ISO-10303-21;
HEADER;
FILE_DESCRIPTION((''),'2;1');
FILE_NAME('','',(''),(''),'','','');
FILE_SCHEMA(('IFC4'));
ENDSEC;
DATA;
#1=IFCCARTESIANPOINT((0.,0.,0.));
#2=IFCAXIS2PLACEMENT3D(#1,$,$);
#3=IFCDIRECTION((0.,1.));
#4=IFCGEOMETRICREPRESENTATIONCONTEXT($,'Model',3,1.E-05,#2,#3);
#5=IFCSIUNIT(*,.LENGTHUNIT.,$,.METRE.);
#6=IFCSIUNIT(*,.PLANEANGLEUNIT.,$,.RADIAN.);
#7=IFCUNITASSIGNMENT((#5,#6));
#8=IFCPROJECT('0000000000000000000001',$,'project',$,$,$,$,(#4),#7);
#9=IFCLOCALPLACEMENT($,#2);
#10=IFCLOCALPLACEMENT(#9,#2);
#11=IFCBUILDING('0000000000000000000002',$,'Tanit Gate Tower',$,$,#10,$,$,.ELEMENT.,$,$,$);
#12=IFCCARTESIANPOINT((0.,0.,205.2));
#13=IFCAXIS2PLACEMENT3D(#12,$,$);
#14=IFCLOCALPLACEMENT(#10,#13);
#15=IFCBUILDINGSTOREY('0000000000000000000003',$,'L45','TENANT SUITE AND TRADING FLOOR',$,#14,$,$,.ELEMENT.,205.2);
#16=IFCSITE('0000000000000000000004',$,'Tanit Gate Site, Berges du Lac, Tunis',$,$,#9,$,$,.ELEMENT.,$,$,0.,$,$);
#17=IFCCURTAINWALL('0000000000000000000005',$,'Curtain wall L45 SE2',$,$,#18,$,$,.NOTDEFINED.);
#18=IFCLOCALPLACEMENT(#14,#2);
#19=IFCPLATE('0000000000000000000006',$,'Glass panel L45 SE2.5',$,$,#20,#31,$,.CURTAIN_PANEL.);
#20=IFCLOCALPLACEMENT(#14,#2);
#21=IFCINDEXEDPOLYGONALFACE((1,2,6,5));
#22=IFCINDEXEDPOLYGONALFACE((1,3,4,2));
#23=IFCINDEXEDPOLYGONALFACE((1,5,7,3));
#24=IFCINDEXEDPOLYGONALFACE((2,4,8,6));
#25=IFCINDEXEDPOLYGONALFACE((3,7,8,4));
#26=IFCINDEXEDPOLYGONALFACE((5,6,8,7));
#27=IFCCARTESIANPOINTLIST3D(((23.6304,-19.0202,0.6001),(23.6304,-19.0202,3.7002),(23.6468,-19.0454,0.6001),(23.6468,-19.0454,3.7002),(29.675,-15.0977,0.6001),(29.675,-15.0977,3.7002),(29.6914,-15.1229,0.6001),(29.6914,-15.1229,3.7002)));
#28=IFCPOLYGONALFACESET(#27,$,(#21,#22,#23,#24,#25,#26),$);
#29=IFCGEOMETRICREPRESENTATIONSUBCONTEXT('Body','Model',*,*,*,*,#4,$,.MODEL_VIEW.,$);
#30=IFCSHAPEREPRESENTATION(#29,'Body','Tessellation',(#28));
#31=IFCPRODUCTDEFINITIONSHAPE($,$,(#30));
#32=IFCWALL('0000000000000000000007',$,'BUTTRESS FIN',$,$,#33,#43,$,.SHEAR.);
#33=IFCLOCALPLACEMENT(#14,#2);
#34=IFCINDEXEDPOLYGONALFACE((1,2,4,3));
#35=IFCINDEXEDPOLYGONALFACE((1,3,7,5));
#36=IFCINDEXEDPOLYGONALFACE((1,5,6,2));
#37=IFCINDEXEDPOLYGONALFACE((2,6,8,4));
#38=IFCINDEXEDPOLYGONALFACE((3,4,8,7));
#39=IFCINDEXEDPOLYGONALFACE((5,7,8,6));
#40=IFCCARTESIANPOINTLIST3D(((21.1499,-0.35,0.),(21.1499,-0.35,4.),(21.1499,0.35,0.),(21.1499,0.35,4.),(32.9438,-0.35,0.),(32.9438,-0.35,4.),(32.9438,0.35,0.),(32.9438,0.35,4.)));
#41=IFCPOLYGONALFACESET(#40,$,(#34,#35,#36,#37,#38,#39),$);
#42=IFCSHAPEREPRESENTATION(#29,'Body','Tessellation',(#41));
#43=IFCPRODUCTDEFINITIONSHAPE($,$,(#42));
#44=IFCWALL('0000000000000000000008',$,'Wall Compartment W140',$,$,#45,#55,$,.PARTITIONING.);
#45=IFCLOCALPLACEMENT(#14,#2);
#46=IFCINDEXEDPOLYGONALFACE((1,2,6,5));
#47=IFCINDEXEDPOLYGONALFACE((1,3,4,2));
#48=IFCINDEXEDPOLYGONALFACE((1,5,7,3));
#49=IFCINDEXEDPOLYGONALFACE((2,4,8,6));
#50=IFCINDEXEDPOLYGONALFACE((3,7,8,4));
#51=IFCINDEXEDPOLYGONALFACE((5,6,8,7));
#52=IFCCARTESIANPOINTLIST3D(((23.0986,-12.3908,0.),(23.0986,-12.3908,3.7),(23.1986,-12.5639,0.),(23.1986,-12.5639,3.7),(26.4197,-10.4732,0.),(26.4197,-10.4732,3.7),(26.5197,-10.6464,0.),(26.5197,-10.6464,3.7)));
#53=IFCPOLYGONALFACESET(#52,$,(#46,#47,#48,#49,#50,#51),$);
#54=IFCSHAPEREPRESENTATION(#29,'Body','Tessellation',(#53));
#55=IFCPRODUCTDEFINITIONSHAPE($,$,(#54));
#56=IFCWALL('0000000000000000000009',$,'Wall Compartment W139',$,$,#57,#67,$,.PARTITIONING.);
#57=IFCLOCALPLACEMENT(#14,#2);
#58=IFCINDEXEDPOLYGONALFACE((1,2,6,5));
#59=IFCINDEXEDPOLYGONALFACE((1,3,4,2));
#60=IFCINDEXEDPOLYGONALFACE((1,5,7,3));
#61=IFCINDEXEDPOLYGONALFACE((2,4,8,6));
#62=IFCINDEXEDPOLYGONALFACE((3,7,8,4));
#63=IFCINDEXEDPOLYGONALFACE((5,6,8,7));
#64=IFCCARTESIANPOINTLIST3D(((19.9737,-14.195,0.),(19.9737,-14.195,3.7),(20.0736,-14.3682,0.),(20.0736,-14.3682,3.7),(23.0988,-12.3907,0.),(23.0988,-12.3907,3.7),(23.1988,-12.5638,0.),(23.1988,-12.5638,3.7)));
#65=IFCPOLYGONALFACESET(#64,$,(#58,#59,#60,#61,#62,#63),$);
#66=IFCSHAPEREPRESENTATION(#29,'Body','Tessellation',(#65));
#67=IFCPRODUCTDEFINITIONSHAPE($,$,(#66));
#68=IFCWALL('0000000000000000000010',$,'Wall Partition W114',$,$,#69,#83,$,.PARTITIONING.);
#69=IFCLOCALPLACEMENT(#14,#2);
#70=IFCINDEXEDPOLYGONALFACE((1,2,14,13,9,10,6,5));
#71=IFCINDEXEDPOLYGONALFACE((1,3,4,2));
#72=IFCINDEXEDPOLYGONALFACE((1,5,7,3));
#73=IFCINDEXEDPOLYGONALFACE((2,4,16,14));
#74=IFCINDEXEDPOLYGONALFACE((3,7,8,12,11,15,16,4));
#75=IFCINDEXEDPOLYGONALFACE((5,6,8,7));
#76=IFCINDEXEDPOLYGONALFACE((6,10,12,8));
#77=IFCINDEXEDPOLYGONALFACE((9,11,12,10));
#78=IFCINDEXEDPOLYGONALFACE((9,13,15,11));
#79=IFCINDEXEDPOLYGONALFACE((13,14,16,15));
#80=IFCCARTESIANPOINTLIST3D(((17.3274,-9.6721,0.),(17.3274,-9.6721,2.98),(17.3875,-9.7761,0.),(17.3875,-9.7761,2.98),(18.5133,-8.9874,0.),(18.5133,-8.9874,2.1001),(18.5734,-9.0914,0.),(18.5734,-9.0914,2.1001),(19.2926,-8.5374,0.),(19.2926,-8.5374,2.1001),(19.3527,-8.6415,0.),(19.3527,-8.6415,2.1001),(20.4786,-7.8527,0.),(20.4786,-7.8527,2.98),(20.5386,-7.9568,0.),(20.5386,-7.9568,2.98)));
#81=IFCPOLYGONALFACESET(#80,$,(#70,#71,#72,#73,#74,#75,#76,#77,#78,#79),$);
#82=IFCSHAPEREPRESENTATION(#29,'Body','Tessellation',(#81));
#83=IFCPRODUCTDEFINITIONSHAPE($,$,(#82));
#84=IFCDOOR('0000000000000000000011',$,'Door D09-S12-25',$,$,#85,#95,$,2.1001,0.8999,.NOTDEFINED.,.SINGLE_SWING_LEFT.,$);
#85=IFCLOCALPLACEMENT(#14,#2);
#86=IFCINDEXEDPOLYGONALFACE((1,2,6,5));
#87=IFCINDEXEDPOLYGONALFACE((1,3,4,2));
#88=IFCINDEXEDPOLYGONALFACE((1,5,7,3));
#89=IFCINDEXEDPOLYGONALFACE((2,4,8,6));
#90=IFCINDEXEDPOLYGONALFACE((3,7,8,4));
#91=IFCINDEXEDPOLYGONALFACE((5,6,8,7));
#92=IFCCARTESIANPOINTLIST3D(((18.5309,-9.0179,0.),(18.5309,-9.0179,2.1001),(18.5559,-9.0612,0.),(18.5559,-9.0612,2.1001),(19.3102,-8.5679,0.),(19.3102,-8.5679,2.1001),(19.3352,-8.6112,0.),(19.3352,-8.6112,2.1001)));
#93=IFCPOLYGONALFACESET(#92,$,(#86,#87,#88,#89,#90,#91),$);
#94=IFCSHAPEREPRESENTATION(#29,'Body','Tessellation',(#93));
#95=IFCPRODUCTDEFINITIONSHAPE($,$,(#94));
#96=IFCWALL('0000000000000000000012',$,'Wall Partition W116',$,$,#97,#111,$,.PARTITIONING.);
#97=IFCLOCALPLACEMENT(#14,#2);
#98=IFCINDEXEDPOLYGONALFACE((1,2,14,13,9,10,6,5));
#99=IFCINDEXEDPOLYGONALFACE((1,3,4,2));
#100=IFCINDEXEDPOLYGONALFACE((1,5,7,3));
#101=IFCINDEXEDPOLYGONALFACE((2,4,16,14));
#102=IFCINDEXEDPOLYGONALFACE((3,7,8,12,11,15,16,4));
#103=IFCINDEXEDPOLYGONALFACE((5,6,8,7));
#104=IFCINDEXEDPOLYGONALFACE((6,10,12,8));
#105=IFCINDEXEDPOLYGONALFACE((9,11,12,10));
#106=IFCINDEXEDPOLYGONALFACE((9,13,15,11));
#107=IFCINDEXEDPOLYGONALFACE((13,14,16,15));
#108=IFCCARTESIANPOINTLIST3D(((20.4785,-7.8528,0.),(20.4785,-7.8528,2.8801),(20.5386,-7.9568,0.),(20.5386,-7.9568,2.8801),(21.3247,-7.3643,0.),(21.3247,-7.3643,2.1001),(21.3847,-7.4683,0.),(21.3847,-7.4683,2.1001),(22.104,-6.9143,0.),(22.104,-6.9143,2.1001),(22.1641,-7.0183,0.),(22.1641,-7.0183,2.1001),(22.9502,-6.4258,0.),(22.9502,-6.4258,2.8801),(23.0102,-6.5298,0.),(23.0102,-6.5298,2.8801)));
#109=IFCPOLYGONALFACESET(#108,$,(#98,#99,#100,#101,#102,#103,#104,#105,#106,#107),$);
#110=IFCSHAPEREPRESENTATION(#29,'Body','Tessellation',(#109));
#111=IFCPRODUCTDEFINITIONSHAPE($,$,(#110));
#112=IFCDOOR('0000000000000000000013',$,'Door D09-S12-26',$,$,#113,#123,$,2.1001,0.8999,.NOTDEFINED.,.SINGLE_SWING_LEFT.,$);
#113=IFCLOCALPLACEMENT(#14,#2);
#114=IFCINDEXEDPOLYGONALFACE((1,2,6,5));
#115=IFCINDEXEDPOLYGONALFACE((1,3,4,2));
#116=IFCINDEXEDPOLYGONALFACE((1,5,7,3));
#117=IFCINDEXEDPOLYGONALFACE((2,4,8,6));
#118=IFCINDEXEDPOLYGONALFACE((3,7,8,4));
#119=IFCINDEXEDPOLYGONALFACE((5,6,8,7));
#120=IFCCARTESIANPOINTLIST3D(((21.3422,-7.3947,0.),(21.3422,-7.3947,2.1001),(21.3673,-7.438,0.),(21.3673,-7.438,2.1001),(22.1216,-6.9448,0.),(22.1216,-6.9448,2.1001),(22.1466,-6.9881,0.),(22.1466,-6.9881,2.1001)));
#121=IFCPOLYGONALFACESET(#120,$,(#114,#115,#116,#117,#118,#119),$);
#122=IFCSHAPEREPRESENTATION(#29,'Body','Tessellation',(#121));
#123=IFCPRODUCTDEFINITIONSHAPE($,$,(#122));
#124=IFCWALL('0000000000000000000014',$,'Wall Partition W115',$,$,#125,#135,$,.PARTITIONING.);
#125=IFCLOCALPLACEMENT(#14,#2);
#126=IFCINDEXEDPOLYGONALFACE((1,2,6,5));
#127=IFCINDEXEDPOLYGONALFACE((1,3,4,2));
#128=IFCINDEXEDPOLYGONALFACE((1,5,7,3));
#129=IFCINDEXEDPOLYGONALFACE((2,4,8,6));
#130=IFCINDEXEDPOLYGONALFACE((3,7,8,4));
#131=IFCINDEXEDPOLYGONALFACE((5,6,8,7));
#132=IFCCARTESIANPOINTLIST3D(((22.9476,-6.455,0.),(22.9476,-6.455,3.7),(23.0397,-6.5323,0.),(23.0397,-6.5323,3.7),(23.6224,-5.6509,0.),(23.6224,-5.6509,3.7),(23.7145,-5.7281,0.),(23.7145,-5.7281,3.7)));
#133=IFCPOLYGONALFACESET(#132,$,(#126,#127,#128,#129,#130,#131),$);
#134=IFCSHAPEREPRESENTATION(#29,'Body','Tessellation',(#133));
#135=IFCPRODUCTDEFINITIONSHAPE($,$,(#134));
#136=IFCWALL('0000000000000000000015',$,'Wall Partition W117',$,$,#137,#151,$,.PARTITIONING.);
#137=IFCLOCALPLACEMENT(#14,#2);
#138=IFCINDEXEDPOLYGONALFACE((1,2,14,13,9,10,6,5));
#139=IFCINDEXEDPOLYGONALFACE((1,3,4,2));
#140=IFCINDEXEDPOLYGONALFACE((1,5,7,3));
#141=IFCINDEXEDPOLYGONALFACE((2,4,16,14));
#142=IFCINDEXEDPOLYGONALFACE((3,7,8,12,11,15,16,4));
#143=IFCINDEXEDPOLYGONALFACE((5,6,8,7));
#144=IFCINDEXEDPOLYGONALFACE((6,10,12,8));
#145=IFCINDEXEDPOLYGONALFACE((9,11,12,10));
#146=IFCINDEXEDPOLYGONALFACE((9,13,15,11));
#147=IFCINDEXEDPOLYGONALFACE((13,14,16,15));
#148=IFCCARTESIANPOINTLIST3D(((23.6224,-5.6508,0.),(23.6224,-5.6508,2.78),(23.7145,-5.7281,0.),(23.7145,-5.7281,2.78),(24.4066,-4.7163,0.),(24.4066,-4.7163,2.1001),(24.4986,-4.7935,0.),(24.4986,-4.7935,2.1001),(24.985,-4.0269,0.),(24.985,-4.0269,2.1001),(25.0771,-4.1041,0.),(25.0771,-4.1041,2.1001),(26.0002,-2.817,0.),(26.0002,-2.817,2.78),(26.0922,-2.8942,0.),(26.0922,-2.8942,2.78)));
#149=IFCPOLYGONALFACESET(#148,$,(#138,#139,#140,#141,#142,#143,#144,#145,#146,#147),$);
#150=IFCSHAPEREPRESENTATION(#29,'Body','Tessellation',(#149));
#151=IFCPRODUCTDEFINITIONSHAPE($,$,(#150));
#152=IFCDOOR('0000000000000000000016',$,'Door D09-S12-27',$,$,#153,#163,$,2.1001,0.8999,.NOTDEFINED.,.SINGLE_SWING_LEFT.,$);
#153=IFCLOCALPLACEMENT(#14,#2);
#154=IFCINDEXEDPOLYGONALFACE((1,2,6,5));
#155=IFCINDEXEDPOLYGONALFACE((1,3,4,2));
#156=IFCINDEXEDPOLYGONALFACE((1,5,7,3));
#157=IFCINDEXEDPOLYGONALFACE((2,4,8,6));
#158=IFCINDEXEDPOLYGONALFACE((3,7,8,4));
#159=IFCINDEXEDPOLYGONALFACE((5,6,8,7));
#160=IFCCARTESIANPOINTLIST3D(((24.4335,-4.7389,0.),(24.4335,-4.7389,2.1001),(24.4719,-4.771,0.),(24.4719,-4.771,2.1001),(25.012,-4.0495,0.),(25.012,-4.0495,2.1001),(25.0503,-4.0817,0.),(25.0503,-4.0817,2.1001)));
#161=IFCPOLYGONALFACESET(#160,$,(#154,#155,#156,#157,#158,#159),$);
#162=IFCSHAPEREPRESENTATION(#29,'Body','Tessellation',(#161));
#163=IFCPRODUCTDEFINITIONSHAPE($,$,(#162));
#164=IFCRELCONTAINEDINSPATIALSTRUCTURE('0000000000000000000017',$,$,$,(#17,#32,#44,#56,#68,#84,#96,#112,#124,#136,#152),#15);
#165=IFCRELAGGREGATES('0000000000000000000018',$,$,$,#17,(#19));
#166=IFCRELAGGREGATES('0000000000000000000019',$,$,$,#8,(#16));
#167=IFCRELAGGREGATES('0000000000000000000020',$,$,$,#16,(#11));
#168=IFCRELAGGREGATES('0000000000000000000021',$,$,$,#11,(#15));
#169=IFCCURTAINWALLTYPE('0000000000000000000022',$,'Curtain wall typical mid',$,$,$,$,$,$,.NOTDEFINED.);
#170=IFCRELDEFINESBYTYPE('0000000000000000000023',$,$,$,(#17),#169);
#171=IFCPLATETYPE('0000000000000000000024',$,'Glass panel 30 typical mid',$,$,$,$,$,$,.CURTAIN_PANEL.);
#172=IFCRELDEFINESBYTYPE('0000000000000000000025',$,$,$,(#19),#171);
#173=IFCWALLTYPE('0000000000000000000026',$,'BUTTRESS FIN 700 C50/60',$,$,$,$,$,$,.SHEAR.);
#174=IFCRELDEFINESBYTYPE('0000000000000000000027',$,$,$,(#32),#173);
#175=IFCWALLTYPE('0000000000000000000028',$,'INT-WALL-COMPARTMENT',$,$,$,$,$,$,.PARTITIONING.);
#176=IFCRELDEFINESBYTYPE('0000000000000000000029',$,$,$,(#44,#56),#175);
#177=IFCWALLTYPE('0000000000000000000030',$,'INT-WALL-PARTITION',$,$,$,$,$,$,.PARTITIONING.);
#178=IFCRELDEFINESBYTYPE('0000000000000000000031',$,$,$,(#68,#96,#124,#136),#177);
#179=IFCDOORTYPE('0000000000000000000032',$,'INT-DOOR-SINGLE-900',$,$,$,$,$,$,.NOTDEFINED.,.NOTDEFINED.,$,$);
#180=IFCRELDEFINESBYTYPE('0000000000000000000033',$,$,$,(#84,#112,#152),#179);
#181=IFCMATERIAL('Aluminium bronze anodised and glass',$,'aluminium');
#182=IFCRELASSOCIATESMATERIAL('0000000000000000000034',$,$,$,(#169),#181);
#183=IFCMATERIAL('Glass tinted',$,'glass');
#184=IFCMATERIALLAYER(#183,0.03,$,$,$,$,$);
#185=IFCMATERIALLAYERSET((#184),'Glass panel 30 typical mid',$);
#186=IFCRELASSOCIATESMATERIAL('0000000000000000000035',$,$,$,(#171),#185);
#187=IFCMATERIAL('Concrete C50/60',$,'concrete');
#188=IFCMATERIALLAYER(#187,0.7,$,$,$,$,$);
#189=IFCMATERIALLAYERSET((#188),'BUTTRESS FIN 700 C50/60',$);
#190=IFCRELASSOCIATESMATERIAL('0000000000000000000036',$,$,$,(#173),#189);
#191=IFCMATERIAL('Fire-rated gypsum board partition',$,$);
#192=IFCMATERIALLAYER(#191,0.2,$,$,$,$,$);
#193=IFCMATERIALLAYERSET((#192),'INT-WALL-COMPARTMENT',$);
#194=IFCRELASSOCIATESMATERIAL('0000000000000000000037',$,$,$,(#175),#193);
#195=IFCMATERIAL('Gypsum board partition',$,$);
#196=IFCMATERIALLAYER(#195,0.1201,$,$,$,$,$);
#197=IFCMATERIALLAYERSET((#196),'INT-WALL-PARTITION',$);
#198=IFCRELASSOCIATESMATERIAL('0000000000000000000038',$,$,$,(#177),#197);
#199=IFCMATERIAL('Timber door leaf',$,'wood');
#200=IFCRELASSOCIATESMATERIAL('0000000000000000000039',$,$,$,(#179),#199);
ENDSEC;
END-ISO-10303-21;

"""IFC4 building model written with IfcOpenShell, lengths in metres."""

from ifc_helpers import new_model, si_unit, direction, frame, frame_2d, origin, origin_2d, place, context, subcontext, project, spatial, rectangle, extrude, material, layer, layer_set, type_object, element, fill, aggregate, save


model = new_model("IFC4")

# Units and contexts
model_context = context("Model", 3, precision=1e-05, world=origin(), true_north=direction((0.0, 1.0)))
body_context = subcontext(model_context, "Body", "Model", "MODEL_VIEW")
ifc_project = project(units=[si_unit("LENGTHUNIT", "METRE"), si_unit("PLANEANGLEUNIT", "RADIAN")], contexts=[model_context])

# Site, building, storey
site_placement = place(None, origin())
site = spatial("IfcSite", under=ifc_project, at=site_placement, Name="Tanit Gate Site, Berges du Lac, Tunis", CompositionType="ELEMENT", RefElevation=0.0)
building_placement = place(site_placement, origin())
building = spatial("IfcBuilding", under=site, at=building_placement, Name="Tanit Gate Tower", CompositionType="ELEMENT")
storey_placement = place(building_placement, frame((0.0, 0.0, 205.2)))
storey = spatial("IfcBuildingStorey", under=building, at=storey_placement, Name="L45", Description="TENANT SUITE AND TRADING FLOOR", CompositionType="ELEMENT", Elevation=205.2)

# Curtain wall
ifc_material_1 = material(Name="Aluminium bronze anodised and glass", Category="aluminium")
curtain_wall_type = type_object("IfcCurtainWallType", Name="Curtain wall typical mid", PredefinedType="NOTDEFINED", material=ifc_material_1)
curtain_wall_placement = place(storey_placement, origin())
curtain_wall = element("IfcCurtainWall", 1, at=curtain_wall_placement, inside=storey, type_object=curtain_wall_type, Name="Curtain wall L45 SE2", PredefinedType="NOTDEFINED")

# Plate
ifc_material_2 = material(Name="Glass tinted", Category="glass")
ifc_layer_1 = layer(ifc_material_2, 0.03)
ifc_layer_set_1 = layer_set([ifc_layer_1], Name="Glass panel 30 typical mid")
plate_type = type_object("IfcPlateType", Name="Glass panel 30 typical mid", PredefinedType="CURTAIN_PANEL", material=ifc_layer_set_1)
plate_1_placement = place(storey_placement, frame((26.6609, -17.0715, 0.6001), z_axis=(0.0, 0.0, 1.0), x_axis=(0.838852, 0.544359, 0.0)))
plate_1 = element("IfcPlate", 2, at=plate_1_placement, type_object=plate_type, Name="Glass panel L45 SE2.5", PredefinedType="CURTAIN_PANEL", context=body_context, shape_type="SweptSolid", body=[
    extrude(rectangle(XDim=7.2058, YDim=0.03, at=origin_2d()), origin(), (0.0, 0.0, 1.0), 3.1001),
])
aggregate(curtain_wall, [plate_1])

# Walls
ifc_material_3 = material(Name="Concrete C50/60", Category="concrete")
ifc_layer_2 = layer(ifc_material_3, 0.7)
ifc_layer_set_2 = layer_set([ifc_layer_2], Name="BUTTRESS FIN 700 C50/60")
wall_type_1 = type_object("IfcWallType", Name="BUTTRESS FIN 700 C50/60", PredefinedType="SHEAR", material=ifc_layer_set_2)
wall_1_placement = place(storey_placement, frame((21.1499, 0.0, 0.0), z_axis=(0.0, 0.0, 1.0), x_axis=(1.0, 0.0, 0.0)))
element("IfcWall", 3, at=wall_1_placement, inside=storey, type_object=wall_type_1, Name="BUTTRESS FIN", PredefinedType="SHEAR", context=body_context, shape_type="SweptSolid", body=[
    extrude(rectangle(XDim=11.7939, YDim=0.7, at=frame_2d((5.897, 0.0))), origin(), (0.0, 0.0, 1.0), 4.0),
])
ifc_material_4 = material(Name="Fire-rated gypsum board partition")
ifc_layer_3 = layer(ifc_material_4, 0.2)
ifc_layer_set_3 = layer_set([ifc_layer_3], Name="INT-WALL-COMPARTMENT")
wall_type_2 = type_object("IfcWallType", Name="INT-WALL-COMPARTMENT", PredefinedType="PARTITIONING", material=ifc_layer_set_3)
wall_2_placement = place(storey_placement, frame((26.4697, -10.5598, 0.0), z_axis=(0.0, 0.0, 1.0), x_axis=(-0.866017, -0.500015, 0.0)))
element("IfcWall", 4, at=wall_2_placement, inside=storey, type_object=wall_type_2, Name="Wall Compartment W140", PredefinedType="PARTITIONING", context=body_context, shape_type="SweptSolid", body=[
    extrude(rectangle(XDim=3.835, YDim=0.2, at=frame_2d((1.9175, 0.0))), origin(), (0.0, 0.0, 1.0), 3.7),
])
wall_3_placement = place(storey_placement, frame((23.1487, -12.4773, 0.0), z_axis=(0.0, 0.0, 1.0), x_axis=(-0.866015, -0.500017, 0.0)))
element("IfcWall", 5, at=wall_3_placement, inside=storey, type_object=wall_type_2, Name="Wall Compartment W139", PredefinedType="PARTITIONING", context=body_context, shape_type="SweptSolid", body=[
    extrude(rectangle(XDim=3.6086, YDim=0.2, at=frame_2d((1.8042, 0.0))), origin(), (0.0, 0.0, 1.0), 3.7),
])

# Walls, openings, doors
ifc_material_5 = material(Name="Gypsum board partition")
ifc_layer_4 = layer(ifc_material_5, 0.1201)
ifc_layer_set_4 = layer_set([ifc_layer_4], Name="INT-WALL-PARTITION")
wall_type_3 = type_object("IfcWallType", Name="INT-WALL-PARTITION", PredefinedType="PARTITIONING", material=ifc_layer_set_4)
wall_4_placement = place(storey_placement, frame((17.3574, -9.7241, 0.0), z_axis=(0.0, 0.0, 1.0), x_axis=(0.866021, 0.500007, 0.0)))
wall_4 = element("IfcWall", 6, at=wall_4_placement, inside=storey, type_object=wall_type_3, Name="Wall Partition W114", PredefinedType="PARTITIONING", context=body_context, shape_type="SweptSolid", body=[
    extrude(rectangle(XDim=3.6387, YDim=0.1201, at=frame_2d((1.8193, 0.0))), origin(), (0.0, 0.0, 1.0), 2.98),
])
opening_1_placement = place(wall_4_placement, frame((1.3694, 0.0, 0.0)))
opening_1 = element("IfcOpeningElement", 7, at=opening_1_placement, cuts=wall_4, PredefinedType="OPENING", context=body_context, shape_type="SweptSolid", body=[
    extrude(rectangle(XDim=0.8999, YDim=2.1001, at=frame_2d((0.45, 1.05))), frame((0.0, 0.0701, 0.0), z_axis=(0.0, -1.0, 0.0), x_axis=(1.0, 0.0, 0.0)), (0.0, 0.0, 1.0), 0.1401),
])
ifc_material_6 = material(Name="Timber door leaf", Category="wood")
door_type_1 = type_object("IfcDoorType", Name="INT-DOOR-SINGLE-900", OperationType="NOTDEFINED", PredefinedType="NOTDEFINED", material=ifc_material_6)
door_1_placement = place(opening_1_placement, origin())
door_1 = element("IfcDoor", 8, at=door_1_placement, inside=storey, type_object=door_type_1, Name="Door D09-S12-25", OperationType="SINGLE_SWING_LEFT", OverallHeight=2.1001, OverallWidth=0.8999, PredefinedType="NOTDEFINED", context=body_context, shape_type="SweptSolid", body=[
    extrude(rectangle(XDim=0.8999, YDim=2.1001, at=frame_2d((0.45, 1.05))), frame((0.0, 0.0249, 0.0), z_axis=(0.0, -1.0, 0.0), x_axis=(1.0, 0.0, 0.0)), (0.0, 0.0, 1.0), 0.05),
])
fill(opening_1, door_1)
wall_5_placement = place(storey_placement, frame((20.5085, -7.9048, 0.0), z_axis=(0.0, 0.0, 1.0), x_axis=(0.866029, 0.499994, 0.0)))
wall_5 = element("IfcWall", 9, at=wall_5_placement, inside=storey, type_object=wall_type_3, Name="Wall Partition W116", PredefinedType="PARTITIONING", context=body_context, shape_type="SweptSolid", body=[
    extrude(rectangle(XDim=2.854, YDim=0.1201, at=frame_2d((1.427, 0.0))), origin(), (0.0, 0.0, 1.0), 2.8801),
])
opening_2_placement = place(wall_5_placement, frame((0.9771, 0.0, 0.0)))
opening_2 = element("IfcOpeningElement", 10, at=opening_2_placement, cuts=wall_5, PredefinedType="OPENING", context=body_context, shape_type="SweptSolid", body=[
    extrude(rectangle(XDim=0.8999, YDim=2.1001, at=frame_2d((0.45, 1.05))), frame((0.0, 0.0701, 0.0), z_axis=(0.0, -1.0, 0.0), x_axis=(1.0, 0.0, 0.0)), (0.0, 0.0, 1.0), 0.1401),
])
door_2_placement = place(opening_2_placement, origin())
door_2 = element("IfcDoor", 11, at=door_2_placement, inside=storey, type_object=door_type_1, Name="Door D09-S12-26", OperationType="SINGLE_SWING_LEFT", OverallHeight=2.1001, OverallWidth=0.8999, PredefinedType="NOTDEFINED", context=body_context, shape_type="SweptSolid", body=[
    extrude(rectangle(XDim=0.8999, YDim=2.1001, at=frame_2d((0.45, 1.05))), frame((0.0, 0.0249, 0.0), z_axis=(0.0, -1.0, 0.0), x_axis=(1.0, 0.0, 0.0)), (0.0, 0.0, 1.0), 0.05),
])
fill(opening_2, door_2)

# Wall
wall_6_placement = place(storey_placement, frame((22.9937, -6.4937, 0.0), z_axis=(0.0, 0.0, 1.0), x_axis=(0.642788, 0.766044, 0.0)))
element("IfcWall", 12, at=wall_6_placement, inside=storey, type_object=wall_type_3, Name="Wall Partition W115", PredefinedType="PARTITIONING", context=body_context, shape_type="SweptSolid", body=[
    extrude(rectangle(XDim=1.0498, YDim=0.1201, at=frame_2d((0.5249, 0.0))), origin(), (0.0, 0.0, 1.0), 3.7),
])

# Wall, opening, door
wall_7_placement = place(storey_placement, frame((23.6685, -5.6895, 0.0), z_axis=(0.0, 0.0, 1.0), x_axis=(0.642771, 0.766058, 0.0)))
wall_7 = element("IfcWall", 13, at=wall_7_placement, inside=storey, type_object=wall_type_3, Name="Wall Partition W117", PredefinedType="PARTITIONING", context=body_context, shape_type="SweptSolid", body=[
    extrude(rectangle(XDim=3.6992, YDim=0.1201, at=frame_2d((1.8496, 0.0))), origin(), (0.0, 0.0, 1.0), 2.78),
])
opening_3_placement = place(wall_7_placement, frame((1.22, 0.0, 0.0)))
opening_3 = element("IfcOpeningElement", 14, at=opening_3_placement, cuts=wall_7, PredefinedType="OPENING", context=body_context, shape_type="SweptSolid", body=[
    extrude(rectangle(XDim=0.8999, YDim=2.1001, at=frame_2d((0.45, 1.05))), frame((0.0, 0.0701, 0.0), z_axis=(0.0, -1.0, 0.0), x_axis=(1.0, 0.0, 0.0)), (0.0, 0.0, 1.0), 0.1401),
])
door_3_placement = place(opening_3_placement, origin())
door_3 = element("IfcDoor", 15, at=door_3_placement, inside=storey, type_object=door_type_1, Name="Door D09-S12-27", OperationType="SINGLE_SWING_LEFT", OverallHeight=2.1001, OverallWidth=0.8999, PredefinedType="NOTDEFINED", context=body_context, shape_type="SweptSolid", body=[
    extrude(rectangle(XDim=0.8999, YDim=2.1001, at=frame_2d((0.45, 1.05))), frame((0.0, 0.0249, 0.0), z_axis=(0.0, -1.0, 0.0), x_axis=(1.0, 0.0, 0.0)), (0.0, 0.0, 1.0), 0.05),
])
fill(opening_3, door_3)

save(model, "model.ifc")
